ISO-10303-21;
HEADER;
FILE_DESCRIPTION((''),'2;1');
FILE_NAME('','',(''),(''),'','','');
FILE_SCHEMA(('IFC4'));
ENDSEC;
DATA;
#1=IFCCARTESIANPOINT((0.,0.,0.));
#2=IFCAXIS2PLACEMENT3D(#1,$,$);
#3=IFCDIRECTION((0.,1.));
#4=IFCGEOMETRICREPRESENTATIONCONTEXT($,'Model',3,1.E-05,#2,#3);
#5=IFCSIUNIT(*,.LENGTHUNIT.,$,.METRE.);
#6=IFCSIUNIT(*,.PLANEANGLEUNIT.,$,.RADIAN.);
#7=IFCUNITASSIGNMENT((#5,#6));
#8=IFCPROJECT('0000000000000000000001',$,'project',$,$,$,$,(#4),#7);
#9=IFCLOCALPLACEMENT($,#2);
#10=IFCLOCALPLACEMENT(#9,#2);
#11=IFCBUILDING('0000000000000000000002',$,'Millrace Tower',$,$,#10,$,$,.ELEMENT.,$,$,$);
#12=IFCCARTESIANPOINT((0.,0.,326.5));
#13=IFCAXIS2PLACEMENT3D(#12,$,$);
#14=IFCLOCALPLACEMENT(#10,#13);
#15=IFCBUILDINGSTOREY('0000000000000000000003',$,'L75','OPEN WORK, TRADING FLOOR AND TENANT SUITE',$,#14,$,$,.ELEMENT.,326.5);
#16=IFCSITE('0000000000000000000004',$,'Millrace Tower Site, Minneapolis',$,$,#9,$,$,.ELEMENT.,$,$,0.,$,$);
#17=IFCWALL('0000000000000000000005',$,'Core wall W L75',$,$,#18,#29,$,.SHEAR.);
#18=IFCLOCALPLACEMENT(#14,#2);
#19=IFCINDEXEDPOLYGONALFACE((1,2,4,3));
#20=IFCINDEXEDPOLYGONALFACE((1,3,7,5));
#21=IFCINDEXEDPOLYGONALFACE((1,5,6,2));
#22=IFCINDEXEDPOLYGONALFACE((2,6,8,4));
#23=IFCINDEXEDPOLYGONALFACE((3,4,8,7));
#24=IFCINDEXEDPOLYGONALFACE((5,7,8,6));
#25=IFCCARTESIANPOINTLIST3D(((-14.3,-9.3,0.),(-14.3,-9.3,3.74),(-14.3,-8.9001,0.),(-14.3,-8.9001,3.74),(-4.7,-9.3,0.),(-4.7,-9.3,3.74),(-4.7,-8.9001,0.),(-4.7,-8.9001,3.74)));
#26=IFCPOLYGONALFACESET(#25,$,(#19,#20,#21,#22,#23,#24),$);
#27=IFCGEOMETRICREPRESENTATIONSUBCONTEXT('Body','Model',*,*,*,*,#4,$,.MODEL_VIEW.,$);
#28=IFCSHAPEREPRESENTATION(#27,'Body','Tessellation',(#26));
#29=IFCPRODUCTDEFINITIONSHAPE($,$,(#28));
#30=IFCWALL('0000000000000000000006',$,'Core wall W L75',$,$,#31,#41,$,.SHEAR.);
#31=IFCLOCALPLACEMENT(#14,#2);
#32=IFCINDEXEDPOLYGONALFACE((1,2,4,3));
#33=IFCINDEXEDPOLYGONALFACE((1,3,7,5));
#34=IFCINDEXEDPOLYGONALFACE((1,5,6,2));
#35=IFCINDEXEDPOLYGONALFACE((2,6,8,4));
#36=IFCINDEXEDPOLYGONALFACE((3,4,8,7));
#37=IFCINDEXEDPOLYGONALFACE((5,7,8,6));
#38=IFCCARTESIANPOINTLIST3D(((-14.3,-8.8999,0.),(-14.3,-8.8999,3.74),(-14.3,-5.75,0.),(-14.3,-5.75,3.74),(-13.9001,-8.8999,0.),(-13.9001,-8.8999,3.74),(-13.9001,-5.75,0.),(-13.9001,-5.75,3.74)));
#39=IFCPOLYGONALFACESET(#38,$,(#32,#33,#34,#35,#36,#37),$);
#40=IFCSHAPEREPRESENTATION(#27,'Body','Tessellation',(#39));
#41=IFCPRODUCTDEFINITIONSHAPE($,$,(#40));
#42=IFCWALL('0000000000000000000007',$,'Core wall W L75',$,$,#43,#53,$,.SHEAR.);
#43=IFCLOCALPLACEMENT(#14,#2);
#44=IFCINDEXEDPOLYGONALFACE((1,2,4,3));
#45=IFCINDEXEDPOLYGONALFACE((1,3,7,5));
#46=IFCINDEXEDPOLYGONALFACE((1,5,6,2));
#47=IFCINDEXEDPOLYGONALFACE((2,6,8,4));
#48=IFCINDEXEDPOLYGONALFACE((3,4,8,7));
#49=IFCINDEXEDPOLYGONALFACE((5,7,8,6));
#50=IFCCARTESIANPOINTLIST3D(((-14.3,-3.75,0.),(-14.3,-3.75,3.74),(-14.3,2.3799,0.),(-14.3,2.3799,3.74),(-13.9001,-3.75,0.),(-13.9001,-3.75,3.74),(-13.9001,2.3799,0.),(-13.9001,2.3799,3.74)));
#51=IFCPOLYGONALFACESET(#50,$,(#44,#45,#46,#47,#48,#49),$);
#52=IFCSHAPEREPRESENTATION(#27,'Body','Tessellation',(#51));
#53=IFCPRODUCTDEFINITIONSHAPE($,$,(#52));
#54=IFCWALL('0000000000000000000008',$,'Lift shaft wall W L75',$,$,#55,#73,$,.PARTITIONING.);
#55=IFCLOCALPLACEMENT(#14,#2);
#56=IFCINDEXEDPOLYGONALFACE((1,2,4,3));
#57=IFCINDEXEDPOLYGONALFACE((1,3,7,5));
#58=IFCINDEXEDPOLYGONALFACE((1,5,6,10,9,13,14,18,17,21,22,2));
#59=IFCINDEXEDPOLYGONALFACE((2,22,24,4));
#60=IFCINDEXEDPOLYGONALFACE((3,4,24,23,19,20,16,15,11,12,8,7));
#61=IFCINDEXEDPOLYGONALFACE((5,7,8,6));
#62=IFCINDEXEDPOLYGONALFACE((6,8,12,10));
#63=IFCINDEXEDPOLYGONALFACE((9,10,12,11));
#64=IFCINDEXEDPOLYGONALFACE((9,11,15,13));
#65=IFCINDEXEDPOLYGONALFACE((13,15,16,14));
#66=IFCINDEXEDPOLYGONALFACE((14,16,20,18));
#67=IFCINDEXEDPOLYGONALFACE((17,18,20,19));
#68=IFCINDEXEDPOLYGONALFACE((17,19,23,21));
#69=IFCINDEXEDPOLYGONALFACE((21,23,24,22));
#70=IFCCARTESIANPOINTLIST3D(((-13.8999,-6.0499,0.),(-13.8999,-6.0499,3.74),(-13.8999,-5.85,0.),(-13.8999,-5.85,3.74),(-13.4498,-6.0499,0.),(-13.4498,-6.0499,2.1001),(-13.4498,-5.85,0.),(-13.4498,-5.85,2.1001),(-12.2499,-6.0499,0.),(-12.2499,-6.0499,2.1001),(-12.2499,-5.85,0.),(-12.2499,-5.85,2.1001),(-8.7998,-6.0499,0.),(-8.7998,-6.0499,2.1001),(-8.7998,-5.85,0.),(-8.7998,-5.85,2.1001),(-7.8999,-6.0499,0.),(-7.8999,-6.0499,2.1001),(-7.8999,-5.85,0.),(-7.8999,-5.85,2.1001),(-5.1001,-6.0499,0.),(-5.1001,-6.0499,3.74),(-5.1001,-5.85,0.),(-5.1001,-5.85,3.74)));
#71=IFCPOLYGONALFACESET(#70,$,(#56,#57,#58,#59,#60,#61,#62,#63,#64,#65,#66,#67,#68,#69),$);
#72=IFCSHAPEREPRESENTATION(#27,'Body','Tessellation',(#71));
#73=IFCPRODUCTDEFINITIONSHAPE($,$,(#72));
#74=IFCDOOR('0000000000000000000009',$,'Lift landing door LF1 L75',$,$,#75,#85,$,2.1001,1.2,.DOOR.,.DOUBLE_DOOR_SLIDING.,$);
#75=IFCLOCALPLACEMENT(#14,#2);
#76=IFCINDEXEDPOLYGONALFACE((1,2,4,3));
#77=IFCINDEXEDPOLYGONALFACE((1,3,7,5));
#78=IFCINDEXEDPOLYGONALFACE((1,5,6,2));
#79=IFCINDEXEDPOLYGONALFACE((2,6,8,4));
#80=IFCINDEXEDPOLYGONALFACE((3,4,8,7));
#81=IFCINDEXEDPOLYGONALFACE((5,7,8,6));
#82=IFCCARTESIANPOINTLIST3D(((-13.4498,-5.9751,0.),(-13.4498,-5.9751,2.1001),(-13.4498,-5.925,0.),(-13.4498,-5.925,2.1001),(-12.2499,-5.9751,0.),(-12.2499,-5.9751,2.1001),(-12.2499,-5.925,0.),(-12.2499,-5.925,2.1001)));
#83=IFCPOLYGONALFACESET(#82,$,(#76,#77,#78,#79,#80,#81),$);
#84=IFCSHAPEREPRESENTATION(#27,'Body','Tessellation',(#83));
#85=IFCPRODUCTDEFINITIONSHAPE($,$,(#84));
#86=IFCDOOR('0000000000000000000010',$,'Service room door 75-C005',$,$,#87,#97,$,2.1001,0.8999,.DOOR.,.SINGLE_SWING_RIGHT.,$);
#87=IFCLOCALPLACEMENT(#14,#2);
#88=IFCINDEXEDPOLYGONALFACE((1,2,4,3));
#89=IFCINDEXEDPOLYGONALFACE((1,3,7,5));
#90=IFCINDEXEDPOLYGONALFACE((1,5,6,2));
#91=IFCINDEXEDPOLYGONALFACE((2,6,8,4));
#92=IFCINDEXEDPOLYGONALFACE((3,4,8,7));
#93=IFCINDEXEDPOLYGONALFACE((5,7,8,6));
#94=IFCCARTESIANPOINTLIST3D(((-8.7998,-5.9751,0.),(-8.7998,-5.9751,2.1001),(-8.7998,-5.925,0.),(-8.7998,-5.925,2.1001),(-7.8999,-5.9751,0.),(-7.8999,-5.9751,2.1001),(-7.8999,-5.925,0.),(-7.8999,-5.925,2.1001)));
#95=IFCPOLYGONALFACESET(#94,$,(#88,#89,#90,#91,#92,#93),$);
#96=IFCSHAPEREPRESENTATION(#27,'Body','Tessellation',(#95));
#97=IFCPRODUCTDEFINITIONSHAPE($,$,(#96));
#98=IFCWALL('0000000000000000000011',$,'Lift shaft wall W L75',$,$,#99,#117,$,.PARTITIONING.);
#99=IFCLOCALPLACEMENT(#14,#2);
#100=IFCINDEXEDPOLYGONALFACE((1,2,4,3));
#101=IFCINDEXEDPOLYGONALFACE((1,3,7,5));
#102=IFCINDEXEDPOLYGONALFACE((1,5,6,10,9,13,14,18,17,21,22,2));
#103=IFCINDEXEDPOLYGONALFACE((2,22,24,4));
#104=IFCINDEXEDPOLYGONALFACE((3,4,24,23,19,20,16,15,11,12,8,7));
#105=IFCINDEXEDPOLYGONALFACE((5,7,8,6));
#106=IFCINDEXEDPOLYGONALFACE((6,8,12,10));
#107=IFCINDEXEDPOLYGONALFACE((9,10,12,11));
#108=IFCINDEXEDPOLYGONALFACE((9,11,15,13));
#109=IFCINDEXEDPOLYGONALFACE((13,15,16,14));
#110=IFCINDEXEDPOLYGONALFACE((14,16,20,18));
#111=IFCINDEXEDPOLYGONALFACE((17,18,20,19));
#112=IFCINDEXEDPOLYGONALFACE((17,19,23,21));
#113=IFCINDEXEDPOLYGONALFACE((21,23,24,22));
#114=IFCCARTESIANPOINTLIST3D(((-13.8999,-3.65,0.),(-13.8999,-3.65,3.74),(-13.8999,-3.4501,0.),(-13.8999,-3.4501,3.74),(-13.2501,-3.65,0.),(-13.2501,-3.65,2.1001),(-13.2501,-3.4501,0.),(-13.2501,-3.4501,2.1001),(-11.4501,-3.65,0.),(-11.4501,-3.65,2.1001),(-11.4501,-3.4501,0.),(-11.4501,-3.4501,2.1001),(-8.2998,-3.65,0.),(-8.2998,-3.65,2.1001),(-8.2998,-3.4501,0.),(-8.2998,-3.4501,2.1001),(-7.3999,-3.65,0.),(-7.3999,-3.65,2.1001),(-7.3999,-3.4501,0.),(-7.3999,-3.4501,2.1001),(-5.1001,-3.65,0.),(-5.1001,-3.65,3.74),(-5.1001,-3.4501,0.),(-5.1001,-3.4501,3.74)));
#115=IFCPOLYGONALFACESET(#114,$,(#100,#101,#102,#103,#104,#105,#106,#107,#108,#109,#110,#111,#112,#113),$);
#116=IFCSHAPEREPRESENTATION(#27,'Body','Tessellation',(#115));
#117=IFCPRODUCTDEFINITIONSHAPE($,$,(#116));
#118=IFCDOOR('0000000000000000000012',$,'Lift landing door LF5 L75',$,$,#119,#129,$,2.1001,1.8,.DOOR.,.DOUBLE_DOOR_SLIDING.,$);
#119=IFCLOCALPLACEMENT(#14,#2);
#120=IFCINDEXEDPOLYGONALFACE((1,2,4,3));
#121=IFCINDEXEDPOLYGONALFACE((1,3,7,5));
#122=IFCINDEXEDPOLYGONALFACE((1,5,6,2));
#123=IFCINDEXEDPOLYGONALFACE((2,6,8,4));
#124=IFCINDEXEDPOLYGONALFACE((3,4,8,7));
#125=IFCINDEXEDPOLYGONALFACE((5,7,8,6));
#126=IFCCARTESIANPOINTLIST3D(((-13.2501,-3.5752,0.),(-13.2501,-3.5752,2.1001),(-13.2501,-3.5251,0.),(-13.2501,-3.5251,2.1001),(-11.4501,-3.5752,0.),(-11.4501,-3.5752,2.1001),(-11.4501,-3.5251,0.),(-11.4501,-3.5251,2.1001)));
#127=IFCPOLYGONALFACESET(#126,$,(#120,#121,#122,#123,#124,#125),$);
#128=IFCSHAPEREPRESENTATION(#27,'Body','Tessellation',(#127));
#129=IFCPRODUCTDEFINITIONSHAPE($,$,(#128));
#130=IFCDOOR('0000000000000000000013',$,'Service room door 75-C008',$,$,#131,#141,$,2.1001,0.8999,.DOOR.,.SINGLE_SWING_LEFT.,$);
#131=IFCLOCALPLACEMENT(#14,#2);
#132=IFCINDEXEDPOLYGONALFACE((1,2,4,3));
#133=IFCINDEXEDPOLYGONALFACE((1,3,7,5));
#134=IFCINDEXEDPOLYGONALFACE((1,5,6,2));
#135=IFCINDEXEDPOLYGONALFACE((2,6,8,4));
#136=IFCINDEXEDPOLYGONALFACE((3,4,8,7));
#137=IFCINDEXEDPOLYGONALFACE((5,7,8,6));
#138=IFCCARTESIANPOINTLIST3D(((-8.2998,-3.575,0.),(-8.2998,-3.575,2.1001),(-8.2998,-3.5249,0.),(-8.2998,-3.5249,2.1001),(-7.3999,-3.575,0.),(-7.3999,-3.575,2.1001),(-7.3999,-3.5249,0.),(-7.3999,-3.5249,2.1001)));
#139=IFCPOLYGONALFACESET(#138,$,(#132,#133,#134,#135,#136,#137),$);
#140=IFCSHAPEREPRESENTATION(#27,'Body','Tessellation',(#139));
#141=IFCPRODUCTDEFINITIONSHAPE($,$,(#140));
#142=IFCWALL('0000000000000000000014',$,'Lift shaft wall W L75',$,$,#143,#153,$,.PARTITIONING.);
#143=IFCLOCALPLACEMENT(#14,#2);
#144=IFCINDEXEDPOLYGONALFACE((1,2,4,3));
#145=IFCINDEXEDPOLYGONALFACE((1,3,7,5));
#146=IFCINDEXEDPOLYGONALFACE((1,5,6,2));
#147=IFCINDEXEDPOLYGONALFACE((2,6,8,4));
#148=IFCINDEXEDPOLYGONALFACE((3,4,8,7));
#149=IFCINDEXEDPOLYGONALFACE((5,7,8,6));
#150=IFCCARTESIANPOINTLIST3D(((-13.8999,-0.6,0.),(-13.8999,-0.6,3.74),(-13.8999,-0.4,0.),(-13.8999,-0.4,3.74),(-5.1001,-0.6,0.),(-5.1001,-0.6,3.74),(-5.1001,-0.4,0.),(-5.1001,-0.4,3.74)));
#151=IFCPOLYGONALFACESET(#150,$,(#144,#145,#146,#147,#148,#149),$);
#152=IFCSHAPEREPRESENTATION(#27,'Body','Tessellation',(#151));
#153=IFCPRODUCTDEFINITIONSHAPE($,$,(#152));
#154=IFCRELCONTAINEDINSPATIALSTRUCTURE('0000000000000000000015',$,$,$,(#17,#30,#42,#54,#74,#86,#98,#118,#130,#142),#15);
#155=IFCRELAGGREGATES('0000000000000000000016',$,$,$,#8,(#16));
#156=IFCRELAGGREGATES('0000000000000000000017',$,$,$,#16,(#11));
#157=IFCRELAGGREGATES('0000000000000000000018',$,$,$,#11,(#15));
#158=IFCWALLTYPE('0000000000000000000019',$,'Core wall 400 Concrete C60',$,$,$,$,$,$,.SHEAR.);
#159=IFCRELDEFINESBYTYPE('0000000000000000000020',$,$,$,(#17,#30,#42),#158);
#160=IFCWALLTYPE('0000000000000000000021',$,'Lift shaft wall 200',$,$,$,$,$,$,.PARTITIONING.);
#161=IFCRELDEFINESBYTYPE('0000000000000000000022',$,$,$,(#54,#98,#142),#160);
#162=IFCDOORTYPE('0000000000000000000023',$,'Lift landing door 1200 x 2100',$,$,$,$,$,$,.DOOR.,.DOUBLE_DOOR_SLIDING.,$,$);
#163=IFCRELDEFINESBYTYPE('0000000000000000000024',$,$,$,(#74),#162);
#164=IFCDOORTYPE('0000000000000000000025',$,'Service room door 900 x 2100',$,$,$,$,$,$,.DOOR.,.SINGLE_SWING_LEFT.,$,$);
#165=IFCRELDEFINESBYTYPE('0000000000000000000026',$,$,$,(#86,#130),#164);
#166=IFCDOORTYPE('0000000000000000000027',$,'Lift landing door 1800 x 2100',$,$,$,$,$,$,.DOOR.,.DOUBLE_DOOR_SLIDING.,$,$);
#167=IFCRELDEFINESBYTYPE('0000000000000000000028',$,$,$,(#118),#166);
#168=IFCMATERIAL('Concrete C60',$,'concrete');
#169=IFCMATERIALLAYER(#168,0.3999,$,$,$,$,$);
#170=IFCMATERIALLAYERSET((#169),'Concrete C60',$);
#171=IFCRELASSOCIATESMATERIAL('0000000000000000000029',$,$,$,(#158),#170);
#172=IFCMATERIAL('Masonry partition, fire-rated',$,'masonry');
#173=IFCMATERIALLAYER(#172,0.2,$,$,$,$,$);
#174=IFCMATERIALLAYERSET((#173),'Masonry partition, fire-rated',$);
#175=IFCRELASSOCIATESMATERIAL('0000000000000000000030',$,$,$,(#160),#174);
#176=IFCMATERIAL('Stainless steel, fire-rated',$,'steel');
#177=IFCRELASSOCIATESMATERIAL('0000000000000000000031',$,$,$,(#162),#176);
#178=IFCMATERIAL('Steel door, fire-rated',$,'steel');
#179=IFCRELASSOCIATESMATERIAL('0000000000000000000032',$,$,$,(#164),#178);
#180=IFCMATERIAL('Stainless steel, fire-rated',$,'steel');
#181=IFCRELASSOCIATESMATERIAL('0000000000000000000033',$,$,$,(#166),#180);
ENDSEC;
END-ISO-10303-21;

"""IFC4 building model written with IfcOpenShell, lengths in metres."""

from ifc_helpers import new_model, si_unit, direction, frame, frame_2d, origin, place, context, subcontext, project, spatial, rectangle, extrude, material, layer, layer_set, type_object, element, fill, save


model = new_model("IFC4")

# Units and contexts
model_context = context("Model", 3, precision=1e-05, world=origin(), true_north=direction((0.0, 1.0)))
body_context = subcontext(model_context, "Body", "Model", "MODEL_VIEW")
ifc_project = project(units=[si_unit("LENGTHUNIT", "METRE"), si_unit("PLANEANGLEUNIT", "RADIAN")], contexts=[model_context])

# Site, building, storey
site_placement = place(None, origin())
site = spatial("IfcSite", under=ifc_project, at=site_placement, Name="Millrace Tower Site, Minneapolis", CompositionType="ELEMENT", RefElevation=0.0)
building_placement = place(site_placement, origin())
building = spatial("IfcBuilding", under=site, at=building_placement, Name="Millrace Tower", CompositionType="ELEMENT")
storey_placement = place(building_placement, frame((0.0, 0.0, 326.5)))
storey = spatial("IfcBuildingStorey", under=building, at=storey_placement, Name="L75", Description="OPEN WORK, TRADING FLOOR AND TENANT SUITE", CompositionType="ELEMENT", Elevation=326.5)

# Walls
ifc_material_1 = material(Name="Concrete C60", Category="concrete")
ifc_layer_1 = layer(ifc_material_1, 0.3999)
ifc_layer_set_1 = layer_set([ifc_layer_1], Name="Concrete C60")
wall_type_1 = type_object("IfcWallType", Name="Core wall 400 Concrete C60", PredefinedType="SHEAR", material=ifc_layer_set_1)
wall_1_placement = place(storey_placement, frame((-14.3, -9.1001, 0.0), z_axis=(0.0, 0.0, 1.0), x_axis=(1.0, 0.0, 0.0)))
element("IfcWall", 1, at=wall_1_placement, inside=storey, type_object=wall_type_1, Name="Core wall W L75", PredefinedType="SHEAR", context=body_context, shape_type="SweptSolid", body=[
    extrude(rectangle(XDim=9.6001, YDim=0.3999, at=frame_2d((4.8, 0.0))), origin(), (0.0, 0.0, 1.0), 3.74),
])
wall_2_placement = place(storey_placement, frame((-14.1001, -8.8999, 0.0), z_axis=(0.0, 0.0, 1.0), x_axis=(0.0, 1.0, 0.0)))
element("IfcWall", 2, at=wall_2_placement, inside=storey, type_object=wall_type_1, Name="Core wall W L75", PredefinedType="SHEAR", context=body_context, shape_type="SweptSolid", body=[
    extrude(rectangle(XDim=3.1499, YDim=0.3999, at=frame_2d((1.575, 0.0))), origin(), (0.0, 0.0, 1.0), 3.74),
])
wall_3_placement = place(storey_placement, frame((-14.1001, -3.75, 0.0), z_axis=(0.0, 0.0, 1.0), x_axis=(0.0, 1.0, 0.0)))
element("IfcWall", 3, at=wall_3_placement, inside=storey, type_object=wall_type_1, Name="Core wall W L75", PredefinedType="SHEAR", context=body_context, shape_type="SweptSolid", body=[
    extrude(rectangle(XDim=6.1299, YDim=0.3999, at=frame_2d((3.0649, 0.0))), origin(), (0.0, 0.0, 1.0), 3.74),
])

# Walls, openings, doors
ifc_material_2 = material(Name="Masonry partition, fire-rated", Category="masonry")
ifc_layer_2 = layer(ifc_material_2, 0.2)
ifc_layer_set_2 = layer_set([ifc_layer_2], Name="Masonry partition, fire-rated")
wall_type_2 = type_object("IfcWallType", Name="Lift shaft wall 200", PredefinedType="PARTITIONING", material=ifc_layer_set_2)
wall_4_placement = place(storey_placement, frame((-13.8999, -5.95, 0.0), z_axis=(0.0, 0.0, 1.0), x_axis=(1.0, 0.0, 0.0)))
wall_4 = element("IfcWall", 4, at=wall_4_placement, inside=storey, type_object=wall_type_2, Name="Lift shaft wall W L75", PredefinedType="PARTITIONING", context=body_context, shape_type="SweptSolid", body=[
    extrude(rectangle(XDim=8.7998, YDim=0.2, at=frame_2d((4.3999, 0.0))), origin(), (0.0, 0.0, 1.0), 3.74),
])
opening_1_placement = place(wall_4_placement, frame((0.45, 0.0, 0.0)))
opening_1 = element("IfcOpeningElement", 5, at=opening_1_placement, cuts=wall_4, PredefinedType="OPENING", context=body_context, shape_type="SweptSolid", body=[
    extrude(rectangle(XDim=1.2, YDim=2.1001, at=frame_2d((0.6001, 1.05))), frame((0.0, 0.1099, 0.0), z_axis=(0.0, -1.0, 0.0), x_axis=(1.0, 0.0, 0.0)), (0.0, 0.0, 1.0), 0.22),
])
opening_2_placement = place(wall_4_placement, frame((5.1001, 0.0, 0.0)))
opening_2 = element("IfcOpeningElement", 6, at=opening_2_placement, cuts=wall_4, PredefinedType="OPENING", context=body_context, shape_type="SweptSolid", body=[
    extrude(rectangle(XDim=0.8999, YDim=2.1001, at=frame_2d((0.45, 1.05))), frame((0.0, 0.1099, 0.0), z_axis=(0.0, -1.0, 0.0), x_axis=(1.0, 0.0, 0.0)), (0.0, 0.0, 1.0), 0.22),
])
ifc_material_3 = material(Name="Stainless steel, fire-rated", Category="steel")
door_type_1 = type_object("IfcDoorType", Name="Lift landing door 1200 x 2100", OperationType="DOUBLE_DOOR_SLIDING", PredefinedType="DOOR", material=ifc_material_3)
door_1_placement = place(opening_1_placement, origin())
door_1 = element("IfcDoor", 7, at=door_1_placement, inside=storey, type_object=door_type_1, Name="Lift landing door LF1 L75", OperationType="DOUBLE_DOOR_SLIDING", OverallHeight=2.1001, OverallWidth=1.2, PredefinedType="DOOR", context=body_context, shape_type="SweptSolid", body=[
    extrude(rectangle(XDim=1.2, YDim=2.1001, at=frame_2d((0.6001, 1.05))), frame((0.0, 0.0249, 0.0), z_axis=(0.0, -1.0, 0.0), x_axis=(1.0, 0.0, 0.0)), (0.0, 0.0, 1.0), 0.05),
])
fill(opening_1, door_1)
ifc_material_4 = material(Name="Steel door, fire-rated", Category="steel")
door_type_2 = type_object("IfcDoorType", Name="Service room door 900 x 2100", OperationType="SINGLE_SWING_LEFT", PredefinedType="DOOR", material=ifc_material_4)
door_2_placement = place(opening_2_placement, origin())
door_2 = element("IfcDoor", 8, at=door_2_placement, inside=storey, type_object=door_type_2, Name="Service room door 75-C005", OperationType="SINGLE_SWING_RIGHT", OverallHeight=2.1001, OverallWidth=0.8999, PredefinedType="DOOR", context=body_context, shape_type="SweptSolid", body=[
    extrude(rectangle(XDim=0.8999, YDim=2.1001, at=frame_2d((0.45, 1.05))), frame((0.0, 0.0249, 0.0), z_axis=(0.0, -1.0, 0.0), x_axis=(1.0, 0.0, 0.0)), (0.0, 0.0, 1.0), 0.05),
])
fill(opening_2, door_2)
wall_5_placement = place(storey_placement, frame((-13.8999, -3.55, 0.0), z_axis=(0.0, 0.0, 1.0), x_axis=(1.0, 0.0, 0.0)))
wall_5 = element("IfcWall", 9, at=wall_5_placement, inside=storey, type_object=wall_type_2, Name="Lift shaft wall W L75", PredefinedType="PARTITIONING", context=body_context, shape_type="SweptSolid", body=[
    extrude(rectangle(XDim=8.7998, YDim=0.2, at=frame_2d((4.3999, 0.0))), origin(), (0.0, 0.0, 1.0), 3.74),
])
opening_3_placement = place(wall_5_placement, frame((0.6499, 0.0, 0.0)))
opening_3 = element("IfcOpeningElement", 10, at=opening_3_placement, cuts=wall_5, PredefinedType="OPENING", context=body_context, shape_type="SweptSolid", body=[
    extrude(rectangle(XDim=1.8, YDim=2.1001, at=frame_2d((0.8999, 1.05))), frame((0.0, 0.1099, 0.0), z_axis=(0.0, -1.0, 0.0), x_axis=(1.0, 0.0, 0.0)), (0.0, 0.0, 1.0), 0.22),
])
opening_4_placement = place(wall_5_placement, frame((5.6001, 0.0, 0.0)))
opening_4 = element("IfcOpeningElement", 11, at=opening_4_placement, cuts=wall_5, PredefinedType="OPENING", context=body_context, shape_type="SweptSolid", body=[
    extrude(rectangle(XDim=0.8999, YDim=2.1001, at=frame_2d((0.45, 1.05))), frame((0.0, 0.1099, 0.0), z_axis=(0.0, -1.0, 0.0), x_axis=(1.0, 0.0, 0.0)), (0.0, 0.0, 1.0), 0.22),
])
ifc_material_5 = material(Name="Stainless steel, fire-rated", Category="steel")
door_type_3 = type_object("IfcDoorType", Name="Lift landing door 1800 x 2100", OperationType="DOUBLE_DOOR_SLIDING", PredefinedType="DOOR", material=ifc_material_5)
door_3_placement = place(opening_3_placement, origin())
door_3 = element("IfcDoor", 12, at=door_3_placement, inside=storey, type_object=door_type_3, Name="Lift landing door LF5 L75", OperationType="DOUBLE_DOOR_SLIDING", OverallHeight=2.1001, OverallWidth=1.8, PredefinedType="DOOR", context=body_context, shape_type="SweptSolid", body=[
    extrude(rectangle(XDim=1.8, YDim=2.1001, at=frame_2d((0.8999, 1.05))), frame((0.0, 0.0249, 0.0), z_axis=(0.0, -1.0, 0.0), x_axis=(1.0, 0.0, 0.0)), (0.0, 0.0, 1.0), 0.05),
])
fill(opening_3, door_3)
door_4_placement = place(opening_4_placement, frame((0.8999, 0.0, 0.0), z_axis=(0.0, 0.0, 1.0), x_axis=(-1.0, 0.0, 0.0)))
door_4 = element("IfcDoor", 13, at=door_4_placement, inside=storey, type_object=door_type_2, Name="Service room door 75-C008", OperationType="SINGLE_SWING_LEFT", OverallHeight=2.1001, OverallWidth=0.8999, PredefinedType="DOOR", context=body_context, shape_type="SweptSolid", body=[
    extrude(rectangle(XDim=0.8999, YDim=2.1001, at=frame_2d((0.45, 1.05))), frame((0.0, 0.0249, 0.0), z_axis=(0.0, -1.0, 0.0), x_axis=(1.0, 0.0, 0.0)), (0.0, 0.0, 1.0), 0.05),
])
fill(opening_4, door_4)

# Wall
wall_6_placement = place(storey_placement, frame((-13.8999, -0.5, 0.0), z_axis=(0.0, 0.0, 1.0), x_axis=(1.0, 0.0, 0.0)))
element("IfcWall", 14, at=wall_6_placement, inside=storey, type_object=wall_type_2, Name="Lift shaft wall W L75", PredefinedType="PARTITIONING", context=body_context, shape_type="SweptSolid", body=[
    extrude(rectangle(XDim=8.7998, YDim=0.2, at=frame_2d((4.3999, 0.0))), origin(), (0.0, 0.0, 1.0), 3.74),
])

save(model, "model.ifc")
